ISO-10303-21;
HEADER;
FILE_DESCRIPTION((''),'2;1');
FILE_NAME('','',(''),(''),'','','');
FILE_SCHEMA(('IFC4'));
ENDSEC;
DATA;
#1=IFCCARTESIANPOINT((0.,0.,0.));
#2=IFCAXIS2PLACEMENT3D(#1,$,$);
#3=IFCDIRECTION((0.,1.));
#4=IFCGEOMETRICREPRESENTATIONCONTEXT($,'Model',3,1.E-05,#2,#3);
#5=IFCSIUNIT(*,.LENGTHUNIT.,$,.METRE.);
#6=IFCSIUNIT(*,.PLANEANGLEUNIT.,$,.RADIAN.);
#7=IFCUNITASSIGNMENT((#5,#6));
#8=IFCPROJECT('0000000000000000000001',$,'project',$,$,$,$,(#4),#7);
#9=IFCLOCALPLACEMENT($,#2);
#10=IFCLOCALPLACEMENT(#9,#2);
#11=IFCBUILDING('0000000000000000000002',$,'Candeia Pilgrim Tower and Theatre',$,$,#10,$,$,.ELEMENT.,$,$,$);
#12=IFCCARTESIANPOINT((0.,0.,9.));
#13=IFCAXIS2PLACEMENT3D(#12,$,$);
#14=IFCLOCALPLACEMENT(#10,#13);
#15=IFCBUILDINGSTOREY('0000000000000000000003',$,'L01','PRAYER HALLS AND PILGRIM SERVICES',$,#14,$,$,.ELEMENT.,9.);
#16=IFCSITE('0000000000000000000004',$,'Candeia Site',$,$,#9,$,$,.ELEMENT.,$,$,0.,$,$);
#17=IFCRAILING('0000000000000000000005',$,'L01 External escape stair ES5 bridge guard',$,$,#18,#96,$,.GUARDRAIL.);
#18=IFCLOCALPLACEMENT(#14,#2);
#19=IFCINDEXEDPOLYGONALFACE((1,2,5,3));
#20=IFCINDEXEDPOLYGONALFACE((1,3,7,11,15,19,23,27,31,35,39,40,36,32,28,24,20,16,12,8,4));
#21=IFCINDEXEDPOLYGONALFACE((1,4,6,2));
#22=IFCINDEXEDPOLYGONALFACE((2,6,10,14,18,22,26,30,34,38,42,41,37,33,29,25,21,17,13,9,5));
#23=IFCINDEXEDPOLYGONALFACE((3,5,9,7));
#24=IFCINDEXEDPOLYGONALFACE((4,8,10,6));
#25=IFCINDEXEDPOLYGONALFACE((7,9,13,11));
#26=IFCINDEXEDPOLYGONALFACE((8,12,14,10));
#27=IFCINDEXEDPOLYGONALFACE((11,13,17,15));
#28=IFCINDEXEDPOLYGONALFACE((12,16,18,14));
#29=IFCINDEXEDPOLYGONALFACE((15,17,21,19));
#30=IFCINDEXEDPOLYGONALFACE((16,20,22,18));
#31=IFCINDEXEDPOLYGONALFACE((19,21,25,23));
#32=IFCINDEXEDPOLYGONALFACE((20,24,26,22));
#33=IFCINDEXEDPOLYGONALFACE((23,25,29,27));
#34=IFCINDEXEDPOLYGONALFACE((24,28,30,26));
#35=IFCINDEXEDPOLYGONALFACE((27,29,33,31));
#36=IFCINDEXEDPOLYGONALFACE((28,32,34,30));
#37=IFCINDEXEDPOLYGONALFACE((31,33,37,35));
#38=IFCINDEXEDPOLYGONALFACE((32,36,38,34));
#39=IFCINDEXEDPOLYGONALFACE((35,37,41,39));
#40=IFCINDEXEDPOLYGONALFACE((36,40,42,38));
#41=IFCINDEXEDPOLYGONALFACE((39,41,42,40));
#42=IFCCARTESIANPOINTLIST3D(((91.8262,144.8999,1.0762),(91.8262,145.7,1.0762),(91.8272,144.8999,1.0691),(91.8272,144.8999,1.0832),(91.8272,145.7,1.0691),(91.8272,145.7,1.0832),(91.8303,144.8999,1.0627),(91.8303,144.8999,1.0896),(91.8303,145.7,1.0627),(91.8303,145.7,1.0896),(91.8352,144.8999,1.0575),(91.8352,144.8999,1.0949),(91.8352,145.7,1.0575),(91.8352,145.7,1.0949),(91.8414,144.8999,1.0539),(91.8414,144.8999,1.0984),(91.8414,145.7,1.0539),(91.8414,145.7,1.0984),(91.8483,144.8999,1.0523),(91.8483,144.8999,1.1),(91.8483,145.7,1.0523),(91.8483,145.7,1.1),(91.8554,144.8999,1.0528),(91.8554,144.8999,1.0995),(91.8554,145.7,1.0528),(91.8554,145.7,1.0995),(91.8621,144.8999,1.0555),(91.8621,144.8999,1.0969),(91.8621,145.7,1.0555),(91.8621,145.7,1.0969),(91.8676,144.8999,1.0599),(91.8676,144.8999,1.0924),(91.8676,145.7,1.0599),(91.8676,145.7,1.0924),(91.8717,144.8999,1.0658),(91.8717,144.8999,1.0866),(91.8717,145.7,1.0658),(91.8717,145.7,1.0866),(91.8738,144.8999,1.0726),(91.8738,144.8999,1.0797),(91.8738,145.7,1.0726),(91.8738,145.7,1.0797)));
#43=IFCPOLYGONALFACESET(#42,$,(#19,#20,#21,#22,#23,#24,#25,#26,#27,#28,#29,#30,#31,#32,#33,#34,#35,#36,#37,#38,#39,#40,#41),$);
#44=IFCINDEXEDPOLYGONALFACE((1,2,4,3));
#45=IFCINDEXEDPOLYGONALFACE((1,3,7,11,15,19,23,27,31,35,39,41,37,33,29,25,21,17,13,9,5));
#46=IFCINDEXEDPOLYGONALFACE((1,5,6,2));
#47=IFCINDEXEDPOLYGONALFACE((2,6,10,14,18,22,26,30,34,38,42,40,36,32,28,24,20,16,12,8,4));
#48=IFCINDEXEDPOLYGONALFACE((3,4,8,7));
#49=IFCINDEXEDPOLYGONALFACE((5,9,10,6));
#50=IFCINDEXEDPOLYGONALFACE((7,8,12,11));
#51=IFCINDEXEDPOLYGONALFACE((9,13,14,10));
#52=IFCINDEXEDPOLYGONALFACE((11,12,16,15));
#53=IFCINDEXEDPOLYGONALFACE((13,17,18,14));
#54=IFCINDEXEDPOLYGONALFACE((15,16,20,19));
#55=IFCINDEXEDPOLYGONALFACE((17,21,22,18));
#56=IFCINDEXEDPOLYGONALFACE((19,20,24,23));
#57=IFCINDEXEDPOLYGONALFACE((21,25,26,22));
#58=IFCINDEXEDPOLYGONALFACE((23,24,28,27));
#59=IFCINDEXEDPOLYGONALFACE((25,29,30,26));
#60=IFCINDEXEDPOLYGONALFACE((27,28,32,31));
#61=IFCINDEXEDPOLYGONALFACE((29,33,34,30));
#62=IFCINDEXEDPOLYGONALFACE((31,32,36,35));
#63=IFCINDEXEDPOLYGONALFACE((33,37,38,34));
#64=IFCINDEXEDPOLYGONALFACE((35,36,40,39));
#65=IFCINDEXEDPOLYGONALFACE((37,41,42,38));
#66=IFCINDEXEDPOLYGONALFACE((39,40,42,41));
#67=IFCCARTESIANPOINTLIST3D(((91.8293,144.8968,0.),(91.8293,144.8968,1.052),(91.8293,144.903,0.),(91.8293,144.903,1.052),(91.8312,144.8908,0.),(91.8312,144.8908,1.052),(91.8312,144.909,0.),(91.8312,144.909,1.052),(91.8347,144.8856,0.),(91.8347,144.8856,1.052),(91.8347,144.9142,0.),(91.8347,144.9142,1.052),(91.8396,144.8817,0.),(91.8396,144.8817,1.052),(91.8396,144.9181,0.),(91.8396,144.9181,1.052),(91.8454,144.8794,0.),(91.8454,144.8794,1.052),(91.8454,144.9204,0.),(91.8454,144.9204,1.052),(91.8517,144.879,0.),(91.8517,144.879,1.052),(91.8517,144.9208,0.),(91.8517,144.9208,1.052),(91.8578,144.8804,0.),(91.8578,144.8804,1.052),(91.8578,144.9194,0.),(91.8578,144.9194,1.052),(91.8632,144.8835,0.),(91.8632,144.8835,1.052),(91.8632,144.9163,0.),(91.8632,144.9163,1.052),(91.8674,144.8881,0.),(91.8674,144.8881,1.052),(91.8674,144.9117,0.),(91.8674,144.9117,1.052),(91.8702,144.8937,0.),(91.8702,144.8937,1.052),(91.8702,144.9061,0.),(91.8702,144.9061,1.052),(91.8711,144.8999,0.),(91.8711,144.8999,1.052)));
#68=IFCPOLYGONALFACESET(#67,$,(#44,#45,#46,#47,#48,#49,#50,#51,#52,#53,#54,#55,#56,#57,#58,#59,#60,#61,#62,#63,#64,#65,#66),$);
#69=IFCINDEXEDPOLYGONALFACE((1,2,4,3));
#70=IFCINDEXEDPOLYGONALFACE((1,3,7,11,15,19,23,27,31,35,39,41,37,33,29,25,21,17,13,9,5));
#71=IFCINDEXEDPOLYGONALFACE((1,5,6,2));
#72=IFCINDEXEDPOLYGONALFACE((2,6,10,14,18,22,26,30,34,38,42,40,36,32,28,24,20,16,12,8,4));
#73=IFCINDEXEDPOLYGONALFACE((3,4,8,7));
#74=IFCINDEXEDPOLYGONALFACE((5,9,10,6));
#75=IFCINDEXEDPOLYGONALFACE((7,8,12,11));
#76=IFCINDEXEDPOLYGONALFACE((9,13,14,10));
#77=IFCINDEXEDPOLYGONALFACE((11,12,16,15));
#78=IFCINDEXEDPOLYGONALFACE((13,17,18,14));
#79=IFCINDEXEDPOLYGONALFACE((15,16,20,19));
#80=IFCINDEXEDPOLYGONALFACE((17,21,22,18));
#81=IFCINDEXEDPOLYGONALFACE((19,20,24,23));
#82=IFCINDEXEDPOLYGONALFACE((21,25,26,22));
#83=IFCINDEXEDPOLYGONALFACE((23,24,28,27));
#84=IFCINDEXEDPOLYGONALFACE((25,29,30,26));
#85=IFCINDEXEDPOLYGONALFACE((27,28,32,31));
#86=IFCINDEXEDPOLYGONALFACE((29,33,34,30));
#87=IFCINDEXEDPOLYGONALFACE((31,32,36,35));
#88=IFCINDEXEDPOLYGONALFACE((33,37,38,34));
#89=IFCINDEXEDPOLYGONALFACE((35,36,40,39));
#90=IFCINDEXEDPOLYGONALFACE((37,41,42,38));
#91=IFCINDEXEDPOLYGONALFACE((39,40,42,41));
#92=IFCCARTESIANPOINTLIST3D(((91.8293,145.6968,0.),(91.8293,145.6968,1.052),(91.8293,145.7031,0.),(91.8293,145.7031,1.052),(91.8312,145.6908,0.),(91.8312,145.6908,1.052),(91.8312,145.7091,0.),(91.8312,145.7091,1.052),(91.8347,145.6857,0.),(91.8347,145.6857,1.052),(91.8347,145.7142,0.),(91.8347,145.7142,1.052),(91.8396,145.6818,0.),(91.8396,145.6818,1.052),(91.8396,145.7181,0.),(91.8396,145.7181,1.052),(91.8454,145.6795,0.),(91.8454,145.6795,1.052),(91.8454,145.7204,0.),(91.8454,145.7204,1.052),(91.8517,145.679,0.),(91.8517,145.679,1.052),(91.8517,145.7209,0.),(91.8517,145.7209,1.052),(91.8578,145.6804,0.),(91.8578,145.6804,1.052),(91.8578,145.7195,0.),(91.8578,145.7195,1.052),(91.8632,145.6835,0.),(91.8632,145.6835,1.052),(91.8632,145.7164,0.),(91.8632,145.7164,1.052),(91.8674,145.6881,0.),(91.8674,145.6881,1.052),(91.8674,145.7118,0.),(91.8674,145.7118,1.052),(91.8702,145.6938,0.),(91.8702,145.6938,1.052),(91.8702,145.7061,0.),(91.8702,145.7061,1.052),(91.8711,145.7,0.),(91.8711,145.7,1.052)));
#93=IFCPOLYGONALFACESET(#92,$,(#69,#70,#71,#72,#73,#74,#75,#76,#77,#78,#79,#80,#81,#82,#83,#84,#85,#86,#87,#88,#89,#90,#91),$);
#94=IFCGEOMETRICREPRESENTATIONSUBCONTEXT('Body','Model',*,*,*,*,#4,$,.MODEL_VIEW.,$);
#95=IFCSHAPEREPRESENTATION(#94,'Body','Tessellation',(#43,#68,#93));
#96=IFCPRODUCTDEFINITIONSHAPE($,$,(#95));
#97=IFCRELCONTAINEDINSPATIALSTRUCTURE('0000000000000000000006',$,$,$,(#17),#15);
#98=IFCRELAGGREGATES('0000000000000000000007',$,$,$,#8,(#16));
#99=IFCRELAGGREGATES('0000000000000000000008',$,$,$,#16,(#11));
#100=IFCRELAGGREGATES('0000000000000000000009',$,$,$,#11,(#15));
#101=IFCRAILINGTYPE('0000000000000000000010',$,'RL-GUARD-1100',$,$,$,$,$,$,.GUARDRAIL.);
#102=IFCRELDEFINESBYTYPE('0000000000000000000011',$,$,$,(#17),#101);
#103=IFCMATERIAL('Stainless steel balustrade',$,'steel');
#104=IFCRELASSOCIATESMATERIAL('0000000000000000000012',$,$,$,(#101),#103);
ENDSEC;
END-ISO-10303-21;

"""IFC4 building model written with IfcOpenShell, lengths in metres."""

from ifc_helpers import new_model, si_unit, direction, frame, origin, origin_2d, place, context, subcontext, project, spatial, circle, extrude, material, type_object, element, save


model = new_model("IFC4")

# Units and contexts
model_context = context("Model", 3, precision=1e-05, world=origin(), true_north=direction((0.0, 1.0)))
body_context = subcontext(model_context, "Body", "Model", "MODEL_VIEW")
ifc_project = project(units=[si_unit("LENGTHUNIT", "METRE"), si_unit("PLANEANGLEUNIT", "RADIAN")], contexts=[model_context])

# Site, building, storey
site_placement = place(None, origin())
site = spatial("IfcSite", under=ifc_project, at=site_placement, Name="Candeia Site", CompositionType="ELEMENT", RefElevation=0.0)
building_placement = place(site_placement, origin())
building = spatial("IfcBuilding", under=site, at=building_placement, Name="Candeia Pilgrim Tower and Theatre", CompositionType="ELEMENT")
storey_placement = place(building_placement, frame((0.0, 0.0, 9.0)))
storey = spatial("IfcBuildingStorey", under=building, at=storey_placement, Name="L01", Description="PRAYER HALLS AND PILGRIM SERVICES", CompositionType="ELEMENT", Elevation=9.0)

# Railing
ifc_material_1 = material(Name="Stainless steel balustrade", Category="steel")
railing_type_1 = type_object("IfcRailingType", Name="RL-GUARD-1100", PredefinedType="GUARDRAIL", material=ifc_material_1)
railing_1_placement = place(storey_placement, frame((91.8501, 144.8999, 0.0)))
element("IfcRailing", 1, at=railing_1_placement, inside=storey, type_object=railing_type_1, Name="L01 External escape stair ES5 bridge guard", PredefinedType="GUARDRAIL", context=body_context, shape_type="SweptSolid", body=[
    extrude(circle(Radius=0.0239, at=origin_2d()), frame((0.0, 0.0, 1.0762), z_axis=(0.0, 1.0, 0.0), x_axis=(-1.0, 0.0, 0.0)), (0.0, 0.0, 1.0), 0.8),
    extrude(circle(Radius=0.021, at=origin_2d()), origin(), (0.0, 0.0, 1.0), 1.052),
    extrude(circle(Radius=0.021, at=origin_2d()), frame((0.0, 0.8, 0.0)), (0.0, 0.0, 1.0), 1.052),
])

save(model, "model.ifc")
